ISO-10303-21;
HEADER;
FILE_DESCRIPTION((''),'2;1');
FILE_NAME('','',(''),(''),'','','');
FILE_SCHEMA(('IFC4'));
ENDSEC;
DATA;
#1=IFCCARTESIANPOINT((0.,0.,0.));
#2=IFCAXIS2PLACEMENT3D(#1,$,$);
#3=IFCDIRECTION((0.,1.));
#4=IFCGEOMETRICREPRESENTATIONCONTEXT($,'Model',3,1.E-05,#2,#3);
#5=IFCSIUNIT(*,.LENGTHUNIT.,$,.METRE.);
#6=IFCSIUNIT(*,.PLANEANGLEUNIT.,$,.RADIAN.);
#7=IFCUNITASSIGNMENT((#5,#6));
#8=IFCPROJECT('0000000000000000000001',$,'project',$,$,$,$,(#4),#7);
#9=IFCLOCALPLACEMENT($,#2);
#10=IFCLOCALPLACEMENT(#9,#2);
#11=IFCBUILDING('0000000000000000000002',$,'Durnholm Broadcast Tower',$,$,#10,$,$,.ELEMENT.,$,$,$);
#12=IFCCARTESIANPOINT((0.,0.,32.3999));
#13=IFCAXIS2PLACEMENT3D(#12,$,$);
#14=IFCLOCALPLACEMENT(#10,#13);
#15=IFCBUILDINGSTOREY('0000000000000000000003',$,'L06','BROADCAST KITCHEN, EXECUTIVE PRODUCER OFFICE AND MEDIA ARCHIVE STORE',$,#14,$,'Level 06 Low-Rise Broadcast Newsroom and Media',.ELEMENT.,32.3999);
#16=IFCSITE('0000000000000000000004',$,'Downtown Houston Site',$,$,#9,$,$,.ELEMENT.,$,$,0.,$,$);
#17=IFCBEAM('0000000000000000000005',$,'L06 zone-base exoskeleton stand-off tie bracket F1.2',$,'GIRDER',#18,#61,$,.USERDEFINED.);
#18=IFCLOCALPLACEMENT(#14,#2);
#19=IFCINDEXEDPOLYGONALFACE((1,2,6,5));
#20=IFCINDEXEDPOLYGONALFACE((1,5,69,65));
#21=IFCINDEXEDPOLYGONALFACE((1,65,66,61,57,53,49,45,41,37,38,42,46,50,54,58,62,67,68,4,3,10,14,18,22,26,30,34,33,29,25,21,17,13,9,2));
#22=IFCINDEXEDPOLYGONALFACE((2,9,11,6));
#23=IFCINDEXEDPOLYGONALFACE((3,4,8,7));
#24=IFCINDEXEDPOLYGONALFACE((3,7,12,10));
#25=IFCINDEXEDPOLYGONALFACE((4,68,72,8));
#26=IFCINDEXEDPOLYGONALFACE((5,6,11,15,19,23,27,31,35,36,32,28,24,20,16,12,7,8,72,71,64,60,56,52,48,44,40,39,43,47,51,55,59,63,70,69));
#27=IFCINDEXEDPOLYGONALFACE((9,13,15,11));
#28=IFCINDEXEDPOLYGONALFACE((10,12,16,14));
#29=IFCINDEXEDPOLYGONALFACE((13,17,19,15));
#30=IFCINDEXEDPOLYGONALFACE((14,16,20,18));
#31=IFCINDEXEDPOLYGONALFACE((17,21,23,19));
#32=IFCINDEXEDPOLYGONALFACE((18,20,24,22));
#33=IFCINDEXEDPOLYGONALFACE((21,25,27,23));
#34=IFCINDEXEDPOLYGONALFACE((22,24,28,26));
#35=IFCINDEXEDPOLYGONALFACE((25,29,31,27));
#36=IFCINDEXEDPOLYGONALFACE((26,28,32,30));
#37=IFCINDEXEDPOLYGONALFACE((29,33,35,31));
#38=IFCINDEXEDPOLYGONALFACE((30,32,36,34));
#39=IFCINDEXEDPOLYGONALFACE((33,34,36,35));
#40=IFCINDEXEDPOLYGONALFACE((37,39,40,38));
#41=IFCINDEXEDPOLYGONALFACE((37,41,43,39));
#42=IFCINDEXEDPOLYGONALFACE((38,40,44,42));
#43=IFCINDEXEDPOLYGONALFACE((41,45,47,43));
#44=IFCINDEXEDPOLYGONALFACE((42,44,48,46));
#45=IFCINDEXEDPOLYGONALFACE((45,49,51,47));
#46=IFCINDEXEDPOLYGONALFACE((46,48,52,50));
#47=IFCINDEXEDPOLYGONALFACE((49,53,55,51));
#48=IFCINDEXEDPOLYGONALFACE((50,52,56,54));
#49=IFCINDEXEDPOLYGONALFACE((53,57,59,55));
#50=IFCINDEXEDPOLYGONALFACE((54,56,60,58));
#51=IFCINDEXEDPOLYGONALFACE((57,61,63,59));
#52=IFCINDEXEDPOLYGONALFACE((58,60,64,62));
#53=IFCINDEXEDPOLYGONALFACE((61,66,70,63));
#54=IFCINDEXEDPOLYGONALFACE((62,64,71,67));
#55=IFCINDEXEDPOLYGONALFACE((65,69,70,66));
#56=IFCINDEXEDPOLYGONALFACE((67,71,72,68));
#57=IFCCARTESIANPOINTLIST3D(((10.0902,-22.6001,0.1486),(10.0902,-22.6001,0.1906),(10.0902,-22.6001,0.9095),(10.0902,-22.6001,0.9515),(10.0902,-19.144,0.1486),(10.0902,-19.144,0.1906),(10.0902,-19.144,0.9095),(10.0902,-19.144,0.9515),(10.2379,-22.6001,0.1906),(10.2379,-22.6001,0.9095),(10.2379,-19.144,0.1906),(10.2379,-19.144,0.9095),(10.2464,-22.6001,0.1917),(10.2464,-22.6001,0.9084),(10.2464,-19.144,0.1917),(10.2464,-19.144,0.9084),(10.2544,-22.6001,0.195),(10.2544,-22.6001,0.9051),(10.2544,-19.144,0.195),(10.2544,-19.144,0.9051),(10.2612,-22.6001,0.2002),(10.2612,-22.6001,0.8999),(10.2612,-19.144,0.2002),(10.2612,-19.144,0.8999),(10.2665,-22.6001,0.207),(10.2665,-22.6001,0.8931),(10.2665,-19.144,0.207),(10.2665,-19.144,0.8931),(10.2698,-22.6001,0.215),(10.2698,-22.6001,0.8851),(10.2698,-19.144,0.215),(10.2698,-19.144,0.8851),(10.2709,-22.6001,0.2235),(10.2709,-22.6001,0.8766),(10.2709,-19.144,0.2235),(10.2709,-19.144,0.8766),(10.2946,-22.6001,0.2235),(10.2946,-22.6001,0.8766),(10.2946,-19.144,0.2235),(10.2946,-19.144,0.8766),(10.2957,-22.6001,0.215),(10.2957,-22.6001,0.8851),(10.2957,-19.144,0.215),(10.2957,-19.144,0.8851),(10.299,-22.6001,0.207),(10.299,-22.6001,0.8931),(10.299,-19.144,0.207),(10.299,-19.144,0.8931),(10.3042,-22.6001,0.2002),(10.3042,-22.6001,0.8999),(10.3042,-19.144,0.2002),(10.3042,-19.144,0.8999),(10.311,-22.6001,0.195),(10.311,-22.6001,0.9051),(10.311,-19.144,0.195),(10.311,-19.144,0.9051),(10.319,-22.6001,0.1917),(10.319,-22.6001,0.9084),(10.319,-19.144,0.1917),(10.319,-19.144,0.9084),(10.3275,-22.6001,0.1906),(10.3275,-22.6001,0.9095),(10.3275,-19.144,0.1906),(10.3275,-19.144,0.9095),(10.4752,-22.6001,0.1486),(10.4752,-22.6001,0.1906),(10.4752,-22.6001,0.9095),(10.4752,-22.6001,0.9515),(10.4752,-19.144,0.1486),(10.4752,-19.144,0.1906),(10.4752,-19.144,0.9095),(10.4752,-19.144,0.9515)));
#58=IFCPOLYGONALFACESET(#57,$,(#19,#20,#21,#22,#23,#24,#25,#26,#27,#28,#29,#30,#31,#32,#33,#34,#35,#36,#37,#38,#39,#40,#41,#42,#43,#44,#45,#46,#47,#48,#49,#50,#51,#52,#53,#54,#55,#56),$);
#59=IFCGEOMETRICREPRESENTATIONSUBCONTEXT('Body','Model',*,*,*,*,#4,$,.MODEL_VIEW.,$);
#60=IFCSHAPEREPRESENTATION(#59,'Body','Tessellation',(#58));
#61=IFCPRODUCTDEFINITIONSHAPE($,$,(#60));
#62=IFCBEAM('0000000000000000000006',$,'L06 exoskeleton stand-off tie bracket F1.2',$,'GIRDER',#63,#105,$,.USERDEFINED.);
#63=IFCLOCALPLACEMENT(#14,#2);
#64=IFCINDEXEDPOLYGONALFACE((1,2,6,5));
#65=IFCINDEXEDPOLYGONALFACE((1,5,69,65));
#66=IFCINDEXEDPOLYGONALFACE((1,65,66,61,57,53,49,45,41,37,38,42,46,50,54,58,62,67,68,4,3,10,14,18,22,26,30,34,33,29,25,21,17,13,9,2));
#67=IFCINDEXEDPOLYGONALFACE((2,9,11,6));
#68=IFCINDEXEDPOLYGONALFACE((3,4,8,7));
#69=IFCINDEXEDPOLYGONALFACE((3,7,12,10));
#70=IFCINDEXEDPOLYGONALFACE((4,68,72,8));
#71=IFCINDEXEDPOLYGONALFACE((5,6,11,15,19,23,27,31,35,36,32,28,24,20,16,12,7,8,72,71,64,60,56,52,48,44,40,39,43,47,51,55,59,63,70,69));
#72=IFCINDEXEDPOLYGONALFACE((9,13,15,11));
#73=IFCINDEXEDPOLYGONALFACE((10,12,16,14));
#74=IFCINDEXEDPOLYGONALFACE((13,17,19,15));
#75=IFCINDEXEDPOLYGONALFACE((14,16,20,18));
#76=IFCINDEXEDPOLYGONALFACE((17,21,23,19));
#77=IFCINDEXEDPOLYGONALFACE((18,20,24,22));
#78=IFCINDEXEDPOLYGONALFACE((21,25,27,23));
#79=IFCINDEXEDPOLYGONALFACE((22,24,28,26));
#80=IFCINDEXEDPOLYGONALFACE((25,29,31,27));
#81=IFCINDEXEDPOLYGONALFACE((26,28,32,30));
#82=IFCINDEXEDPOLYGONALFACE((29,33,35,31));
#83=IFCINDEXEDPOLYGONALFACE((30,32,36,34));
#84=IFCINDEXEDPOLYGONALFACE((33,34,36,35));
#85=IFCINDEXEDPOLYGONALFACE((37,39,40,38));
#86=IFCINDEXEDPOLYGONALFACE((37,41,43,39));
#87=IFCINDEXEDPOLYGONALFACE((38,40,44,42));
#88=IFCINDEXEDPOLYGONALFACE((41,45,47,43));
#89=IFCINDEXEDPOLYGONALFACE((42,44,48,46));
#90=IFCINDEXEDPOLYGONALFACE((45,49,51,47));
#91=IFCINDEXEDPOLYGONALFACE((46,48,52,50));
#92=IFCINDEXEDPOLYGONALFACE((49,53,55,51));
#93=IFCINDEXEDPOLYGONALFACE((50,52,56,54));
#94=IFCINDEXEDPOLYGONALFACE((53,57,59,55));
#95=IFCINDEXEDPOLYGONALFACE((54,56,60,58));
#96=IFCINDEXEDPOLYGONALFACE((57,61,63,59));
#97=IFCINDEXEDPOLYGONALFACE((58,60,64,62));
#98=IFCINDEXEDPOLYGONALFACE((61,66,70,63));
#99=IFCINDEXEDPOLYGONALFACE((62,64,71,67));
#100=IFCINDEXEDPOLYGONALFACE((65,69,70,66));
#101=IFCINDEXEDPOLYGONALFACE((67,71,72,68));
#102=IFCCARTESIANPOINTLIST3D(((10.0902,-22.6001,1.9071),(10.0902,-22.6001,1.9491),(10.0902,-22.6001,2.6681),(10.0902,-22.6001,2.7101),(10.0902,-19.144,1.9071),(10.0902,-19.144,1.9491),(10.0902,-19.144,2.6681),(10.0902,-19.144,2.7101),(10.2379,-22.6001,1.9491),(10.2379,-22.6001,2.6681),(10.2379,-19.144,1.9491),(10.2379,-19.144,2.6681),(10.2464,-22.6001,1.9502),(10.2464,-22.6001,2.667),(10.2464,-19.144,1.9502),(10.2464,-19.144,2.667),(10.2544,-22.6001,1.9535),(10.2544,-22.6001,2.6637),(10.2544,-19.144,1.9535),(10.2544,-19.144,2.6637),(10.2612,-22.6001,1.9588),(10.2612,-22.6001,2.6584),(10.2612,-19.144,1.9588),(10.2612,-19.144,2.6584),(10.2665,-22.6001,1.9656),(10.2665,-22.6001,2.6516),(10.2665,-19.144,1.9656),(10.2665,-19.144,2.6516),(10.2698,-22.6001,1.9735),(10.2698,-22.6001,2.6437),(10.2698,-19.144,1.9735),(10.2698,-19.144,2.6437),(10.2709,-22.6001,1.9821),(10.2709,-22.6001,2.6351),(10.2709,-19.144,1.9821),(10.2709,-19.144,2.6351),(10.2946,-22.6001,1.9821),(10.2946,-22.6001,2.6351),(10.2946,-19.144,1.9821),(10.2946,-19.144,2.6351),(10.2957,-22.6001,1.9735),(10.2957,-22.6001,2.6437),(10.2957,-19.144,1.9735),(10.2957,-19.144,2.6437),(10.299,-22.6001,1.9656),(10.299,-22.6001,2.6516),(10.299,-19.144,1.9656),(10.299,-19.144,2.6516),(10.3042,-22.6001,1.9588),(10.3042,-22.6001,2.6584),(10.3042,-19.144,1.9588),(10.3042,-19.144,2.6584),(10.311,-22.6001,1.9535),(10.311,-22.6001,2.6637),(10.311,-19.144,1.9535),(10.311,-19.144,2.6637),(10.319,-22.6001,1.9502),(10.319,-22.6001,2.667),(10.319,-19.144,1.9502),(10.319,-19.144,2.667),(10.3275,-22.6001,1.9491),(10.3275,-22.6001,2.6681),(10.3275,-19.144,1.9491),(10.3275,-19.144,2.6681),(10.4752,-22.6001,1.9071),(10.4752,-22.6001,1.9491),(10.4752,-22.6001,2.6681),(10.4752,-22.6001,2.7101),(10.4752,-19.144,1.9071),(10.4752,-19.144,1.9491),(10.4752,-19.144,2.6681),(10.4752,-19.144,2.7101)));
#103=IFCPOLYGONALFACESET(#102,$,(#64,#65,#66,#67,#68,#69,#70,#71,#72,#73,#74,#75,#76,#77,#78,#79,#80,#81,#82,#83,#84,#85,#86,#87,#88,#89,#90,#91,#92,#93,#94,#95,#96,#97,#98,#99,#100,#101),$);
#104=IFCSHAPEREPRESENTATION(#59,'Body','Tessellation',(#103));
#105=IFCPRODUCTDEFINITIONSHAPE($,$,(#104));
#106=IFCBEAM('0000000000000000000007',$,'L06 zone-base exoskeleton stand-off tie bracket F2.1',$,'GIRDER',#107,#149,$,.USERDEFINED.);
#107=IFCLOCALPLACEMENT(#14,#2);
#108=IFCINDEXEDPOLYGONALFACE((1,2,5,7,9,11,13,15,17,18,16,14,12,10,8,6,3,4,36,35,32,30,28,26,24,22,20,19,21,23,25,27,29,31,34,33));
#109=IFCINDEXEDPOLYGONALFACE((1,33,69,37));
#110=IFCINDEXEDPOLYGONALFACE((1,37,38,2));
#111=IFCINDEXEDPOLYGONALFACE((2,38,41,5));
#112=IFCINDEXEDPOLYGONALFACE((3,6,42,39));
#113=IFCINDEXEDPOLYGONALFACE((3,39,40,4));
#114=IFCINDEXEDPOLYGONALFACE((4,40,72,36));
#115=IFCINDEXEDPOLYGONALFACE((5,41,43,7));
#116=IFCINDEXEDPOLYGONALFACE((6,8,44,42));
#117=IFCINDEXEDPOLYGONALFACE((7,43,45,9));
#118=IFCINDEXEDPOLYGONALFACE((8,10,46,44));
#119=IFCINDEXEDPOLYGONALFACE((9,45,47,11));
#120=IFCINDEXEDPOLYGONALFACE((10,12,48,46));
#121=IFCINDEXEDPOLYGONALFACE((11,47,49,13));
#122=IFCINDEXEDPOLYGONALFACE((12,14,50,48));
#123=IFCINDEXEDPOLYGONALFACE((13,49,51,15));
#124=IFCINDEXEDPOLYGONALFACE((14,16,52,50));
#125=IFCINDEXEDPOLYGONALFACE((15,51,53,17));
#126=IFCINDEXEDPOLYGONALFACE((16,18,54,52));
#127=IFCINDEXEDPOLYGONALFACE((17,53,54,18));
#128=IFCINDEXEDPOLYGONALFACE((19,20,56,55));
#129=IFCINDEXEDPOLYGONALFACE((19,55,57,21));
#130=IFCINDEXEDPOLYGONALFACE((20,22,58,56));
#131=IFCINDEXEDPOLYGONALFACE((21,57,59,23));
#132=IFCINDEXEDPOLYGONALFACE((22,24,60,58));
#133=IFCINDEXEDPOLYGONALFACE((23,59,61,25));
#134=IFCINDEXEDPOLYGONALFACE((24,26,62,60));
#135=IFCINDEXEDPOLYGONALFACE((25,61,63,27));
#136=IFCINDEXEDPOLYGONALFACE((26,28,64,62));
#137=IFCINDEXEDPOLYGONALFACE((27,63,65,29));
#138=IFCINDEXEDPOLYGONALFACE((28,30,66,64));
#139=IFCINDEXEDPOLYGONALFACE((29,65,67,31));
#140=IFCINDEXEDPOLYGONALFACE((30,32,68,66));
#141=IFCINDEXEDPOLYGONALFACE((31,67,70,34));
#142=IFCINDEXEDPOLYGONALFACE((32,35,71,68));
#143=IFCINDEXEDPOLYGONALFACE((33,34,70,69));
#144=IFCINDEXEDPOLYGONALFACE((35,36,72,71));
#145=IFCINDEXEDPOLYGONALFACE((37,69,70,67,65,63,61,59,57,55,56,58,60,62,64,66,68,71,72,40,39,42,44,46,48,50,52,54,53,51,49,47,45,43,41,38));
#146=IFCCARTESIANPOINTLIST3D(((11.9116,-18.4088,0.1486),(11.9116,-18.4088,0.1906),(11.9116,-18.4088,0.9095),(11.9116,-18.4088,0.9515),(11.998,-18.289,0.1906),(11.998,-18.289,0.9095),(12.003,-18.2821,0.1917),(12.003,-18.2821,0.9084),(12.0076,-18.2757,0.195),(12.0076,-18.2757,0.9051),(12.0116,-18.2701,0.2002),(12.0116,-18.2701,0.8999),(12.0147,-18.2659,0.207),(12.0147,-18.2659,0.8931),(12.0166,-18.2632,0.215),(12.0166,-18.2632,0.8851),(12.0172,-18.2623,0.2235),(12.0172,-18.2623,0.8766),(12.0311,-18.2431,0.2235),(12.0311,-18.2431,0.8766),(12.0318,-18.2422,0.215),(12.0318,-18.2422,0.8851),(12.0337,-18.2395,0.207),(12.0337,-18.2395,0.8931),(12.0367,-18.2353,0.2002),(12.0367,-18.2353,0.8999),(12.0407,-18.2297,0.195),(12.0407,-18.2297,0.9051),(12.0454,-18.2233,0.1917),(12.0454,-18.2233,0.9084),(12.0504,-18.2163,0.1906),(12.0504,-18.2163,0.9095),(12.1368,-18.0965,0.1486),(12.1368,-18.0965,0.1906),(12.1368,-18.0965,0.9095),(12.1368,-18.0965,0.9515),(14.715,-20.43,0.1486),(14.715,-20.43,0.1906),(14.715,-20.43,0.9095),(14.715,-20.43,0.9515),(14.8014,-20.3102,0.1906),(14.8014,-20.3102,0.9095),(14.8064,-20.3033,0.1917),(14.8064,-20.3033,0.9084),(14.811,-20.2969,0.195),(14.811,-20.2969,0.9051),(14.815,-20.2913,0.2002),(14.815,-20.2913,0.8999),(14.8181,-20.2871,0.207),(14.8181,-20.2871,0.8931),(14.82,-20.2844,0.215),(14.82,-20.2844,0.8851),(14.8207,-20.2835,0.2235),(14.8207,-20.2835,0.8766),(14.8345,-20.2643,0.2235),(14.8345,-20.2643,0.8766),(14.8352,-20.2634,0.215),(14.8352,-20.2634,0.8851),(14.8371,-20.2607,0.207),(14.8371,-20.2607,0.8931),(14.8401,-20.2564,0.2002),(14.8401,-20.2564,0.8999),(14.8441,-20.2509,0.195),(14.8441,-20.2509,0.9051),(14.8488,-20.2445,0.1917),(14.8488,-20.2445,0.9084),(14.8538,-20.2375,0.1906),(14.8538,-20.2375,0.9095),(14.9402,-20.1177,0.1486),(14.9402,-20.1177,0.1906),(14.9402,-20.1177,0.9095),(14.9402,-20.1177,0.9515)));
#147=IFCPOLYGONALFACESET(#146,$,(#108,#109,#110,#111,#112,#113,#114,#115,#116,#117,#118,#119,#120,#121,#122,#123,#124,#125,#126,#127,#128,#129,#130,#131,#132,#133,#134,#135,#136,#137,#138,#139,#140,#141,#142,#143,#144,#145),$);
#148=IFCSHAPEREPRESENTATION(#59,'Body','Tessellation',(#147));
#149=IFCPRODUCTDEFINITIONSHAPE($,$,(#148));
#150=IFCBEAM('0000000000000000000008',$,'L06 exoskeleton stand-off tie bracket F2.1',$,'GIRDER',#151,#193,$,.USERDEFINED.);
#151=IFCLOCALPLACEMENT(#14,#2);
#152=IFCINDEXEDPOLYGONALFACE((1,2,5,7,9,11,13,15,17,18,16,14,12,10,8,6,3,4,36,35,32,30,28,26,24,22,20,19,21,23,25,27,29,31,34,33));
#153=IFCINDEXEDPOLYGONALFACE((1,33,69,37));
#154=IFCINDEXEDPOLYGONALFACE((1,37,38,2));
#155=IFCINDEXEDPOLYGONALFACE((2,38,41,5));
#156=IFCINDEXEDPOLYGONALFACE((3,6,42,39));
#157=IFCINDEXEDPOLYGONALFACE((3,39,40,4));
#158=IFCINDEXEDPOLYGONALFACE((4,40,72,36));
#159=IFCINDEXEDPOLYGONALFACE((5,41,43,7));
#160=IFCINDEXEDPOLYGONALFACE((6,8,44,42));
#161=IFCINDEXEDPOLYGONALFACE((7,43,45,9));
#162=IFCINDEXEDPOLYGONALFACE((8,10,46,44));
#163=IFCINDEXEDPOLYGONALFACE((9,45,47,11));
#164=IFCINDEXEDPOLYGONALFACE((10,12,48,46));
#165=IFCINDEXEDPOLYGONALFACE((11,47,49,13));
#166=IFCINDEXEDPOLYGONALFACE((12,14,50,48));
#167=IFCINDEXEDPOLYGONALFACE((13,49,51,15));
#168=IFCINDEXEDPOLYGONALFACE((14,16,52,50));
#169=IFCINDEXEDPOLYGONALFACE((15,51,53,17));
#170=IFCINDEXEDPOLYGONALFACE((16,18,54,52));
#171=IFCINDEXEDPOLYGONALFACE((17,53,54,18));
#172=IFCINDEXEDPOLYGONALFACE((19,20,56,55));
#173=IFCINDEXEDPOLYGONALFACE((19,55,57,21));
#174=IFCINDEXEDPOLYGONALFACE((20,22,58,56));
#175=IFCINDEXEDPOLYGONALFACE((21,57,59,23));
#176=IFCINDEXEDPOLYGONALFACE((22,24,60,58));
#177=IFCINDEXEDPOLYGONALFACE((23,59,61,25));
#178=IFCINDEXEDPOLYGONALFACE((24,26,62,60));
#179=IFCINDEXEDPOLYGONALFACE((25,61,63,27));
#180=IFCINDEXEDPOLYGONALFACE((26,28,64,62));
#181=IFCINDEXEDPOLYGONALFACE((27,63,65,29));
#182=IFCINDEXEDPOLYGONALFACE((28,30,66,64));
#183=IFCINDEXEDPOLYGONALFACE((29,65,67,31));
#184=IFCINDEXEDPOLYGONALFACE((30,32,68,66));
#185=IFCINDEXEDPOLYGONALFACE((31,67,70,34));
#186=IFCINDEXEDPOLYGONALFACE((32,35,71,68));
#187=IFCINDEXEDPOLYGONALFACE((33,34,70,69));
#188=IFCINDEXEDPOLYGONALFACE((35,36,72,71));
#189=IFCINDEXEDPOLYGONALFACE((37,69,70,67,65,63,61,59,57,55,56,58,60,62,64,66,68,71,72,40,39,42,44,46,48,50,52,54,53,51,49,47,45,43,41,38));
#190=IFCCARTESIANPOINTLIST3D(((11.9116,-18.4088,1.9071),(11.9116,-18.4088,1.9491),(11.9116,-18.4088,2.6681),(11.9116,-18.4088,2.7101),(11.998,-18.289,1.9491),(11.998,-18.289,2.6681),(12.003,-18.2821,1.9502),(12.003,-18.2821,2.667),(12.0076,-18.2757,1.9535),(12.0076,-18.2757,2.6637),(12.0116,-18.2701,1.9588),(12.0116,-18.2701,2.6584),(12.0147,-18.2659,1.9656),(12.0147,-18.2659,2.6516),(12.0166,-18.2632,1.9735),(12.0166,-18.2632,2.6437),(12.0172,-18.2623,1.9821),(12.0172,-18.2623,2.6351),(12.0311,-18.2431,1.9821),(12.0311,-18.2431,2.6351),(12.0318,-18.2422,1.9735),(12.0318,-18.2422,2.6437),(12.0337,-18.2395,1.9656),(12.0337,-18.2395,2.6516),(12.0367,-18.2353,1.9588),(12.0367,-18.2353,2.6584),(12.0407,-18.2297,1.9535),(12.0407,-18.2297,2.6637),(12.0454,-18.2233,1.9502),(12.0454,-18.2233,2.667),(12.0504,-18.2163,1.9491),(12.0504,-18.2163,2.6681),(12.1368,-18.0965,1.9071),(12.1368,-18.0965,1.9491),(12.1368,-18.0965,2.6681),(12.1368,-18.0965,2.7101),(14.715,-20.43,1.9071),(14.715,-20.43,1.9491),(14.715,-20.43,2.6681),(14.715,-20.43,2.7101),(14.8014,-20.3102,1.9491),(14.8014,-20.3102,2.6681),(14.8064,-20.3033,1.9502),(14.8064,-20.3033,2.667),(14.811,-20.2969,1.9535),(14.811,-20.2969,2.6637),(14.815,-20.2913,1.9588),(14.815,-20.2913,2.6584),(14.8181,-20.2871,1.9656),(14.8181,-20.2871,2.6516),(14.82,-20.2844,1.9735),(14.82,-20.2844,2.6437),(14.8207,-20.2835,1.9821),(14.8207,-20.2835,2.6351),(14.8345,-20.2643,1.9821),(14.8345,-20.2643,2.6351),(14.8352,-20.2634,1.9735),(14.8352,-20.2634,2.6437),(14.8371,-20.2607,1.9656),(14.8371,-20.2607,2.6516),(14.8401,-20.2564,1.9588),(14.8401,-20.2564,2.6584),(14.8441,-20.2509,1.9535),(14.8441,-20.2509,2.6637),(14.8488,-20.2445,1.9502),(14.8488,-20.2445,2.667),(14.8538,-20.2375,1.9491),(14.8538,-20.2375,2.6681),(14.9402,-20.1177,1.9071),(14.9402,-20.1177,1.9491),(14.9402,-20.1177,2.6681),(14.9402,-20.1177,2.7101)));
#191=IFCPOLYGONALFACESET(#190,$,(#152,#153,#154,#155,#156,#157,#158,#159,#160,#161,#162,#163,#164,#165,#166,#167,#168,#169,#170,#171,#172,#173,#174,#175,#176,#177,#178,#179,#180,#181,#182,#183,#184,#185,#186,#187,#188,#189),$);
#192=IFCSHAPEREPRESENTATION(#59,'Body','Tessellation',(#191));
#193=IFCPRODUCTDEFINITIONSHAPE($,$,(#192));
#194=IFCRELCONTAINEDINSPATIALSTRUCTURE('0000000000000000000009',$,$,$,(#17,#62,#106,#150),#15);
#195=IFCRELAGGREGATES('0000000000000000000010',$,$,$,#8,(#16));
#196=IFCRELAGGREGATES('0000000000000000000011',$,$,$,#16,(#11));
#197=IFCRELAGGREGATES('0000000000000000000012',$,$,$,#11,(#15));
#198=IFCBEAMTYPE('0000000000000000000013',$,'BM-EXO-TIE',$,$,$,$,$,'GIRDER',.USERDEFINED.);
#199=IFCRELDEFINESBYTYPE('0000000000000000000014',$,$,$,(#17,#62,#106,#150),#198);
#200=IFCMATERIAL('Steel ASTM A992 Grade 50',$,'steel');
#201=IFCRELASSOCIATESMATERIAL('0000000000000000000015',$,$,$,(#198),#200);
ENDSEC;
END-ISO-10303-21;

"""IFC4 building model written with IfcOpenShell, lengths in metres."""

from ifc_helpers import new_model, si_unit, direction, frame, origin, origin_2d, place, context, subcontext, project, spatial, i_section, extrude, source, transform, mapped, material, material_profile, profile_set, type_object, type_shapes, element, save


model = new_model("IFC4")

# Units and contexts
model_context = context("Model", 3, precision=1e-05, world=origin(), true_north=direction((0.0, 1.0)))
body_context = subcontext(model_context, "Body", "Model", "MODEL_VIEW")
ifc_project = project(units=[si_unit("LENGTHUNIT", "METRE"), si_unit("PLANEANGLEUNIT", "RADIAN")], contexts=[model_context])

# Site, building, storey
site_placement = place(None, origin())
site = spatial("IfcSite", under=ifc_project, at=site_placement, Name="Downtown Houston Site", CompositionType="ELEMENT", RefElevation=0.0)
building_placement = place(site_placement, origin())
building = spatial("IfcBuilding", under=site, at=building_placement, Name="Durnholm Broadcast Tower", CompositionType="ELEMENT")
storey_placement = place(building_placement, frame((0.0, 0.0, 32.3999)))
storey = spatial("IfcBuildingStorey", under=building, at=storey_placement, Name="L06", Description="BROADCAST KITCHEN, EXECUTIVE PRODUCER OFFICE AND MEDIA ARCHIVE STORE", LongName="Level 06 Low-Rise Broadcast Newsroom and Media", CompositionType="ELEMENT", Elevation=32.3999)

# Beams
ifc_material_1 = material(Name="Steel ASTM A992 Grade 50", Category="steel")
ifc_material_profile_1 = material_profile(ifc_material_1, i_section(OverallWidth=0.385, OverallDepth=0.803, WebThickness=0.0237, FlangeThickness=0.042, FilletRadius=0.033, at=origin_2d()), Name="W30X261")
ifc_profile_set_1 = profile_set([ifc_material_profile_1], Name="Steel ASTM A992 Grade 50")
beam_type_1 = type_object("IfcBeamType", Name="BM-EXO-TIE", ElementType="GIRDER", PredefinedType="USERDEFINED", material=ifc_profile_set_1)
shared_shape_1 = source(origin(), body_context, "Body", "SweptSolid", [
    extrude(i_section(OverallWidth=0.385, OverallDepth=0.803, WebThickness=0.0237, FlangeThickness=0.042, FilletRadius=0.033, at=origin_2d()), origin(), (0.0, 0.0, 1.0), 3.4561),
])
type_shapes(beam_type_1, [shared_shape_1])
for number, where, z_axis, x_axis, name in (
    (1, (10.2827, -19.144, 0.55), (0.0, -1.0, 0.0), (1.0, 0.0, 0.0), "L06 zone-base exoskeleton stand-off tie bracket F1.2"),
    (2, (10.2827, -19.144, 2.3086), (0.0, -1.0, 0.0), (1.0, 0.0, 0.0), "L06 exoskeleton stand-off tie bracket F1.2"),
    (3, (12.0242, -18.2527, 0.55), (0.811158, -0.584828, 0.0), (0.584828, 0.811158, 0.0), "L06 zone-base exoskeleton stand-off tie bracket F2.1"),
    (4, (12.0242, -18.2527, 2.3086), (0.811158, -0.584828, 0.0), (0.584828, 0.811158, 0.0), "L06 exoskeleton stand-off tie bracket F2.1"),
):
    element("IfcBeam", number, at=place(storey_placement, frame(where, z_axis=z_axis, x_axis=x_axis)), inside=storey, type_object=beam_type_1, Name=name, ObjectType="GIRDER", PredefinedType="USERDEFINED", context=body_context, shape_type="MappedRepresentation", body=[
        mapped(shared_shape_1, transform((0.0, 0.0, 0.0), x_axis=(1.0, 0.0, 0.0), y_axis=(0.0, 1.0, 0.0), z_axis=(0.0, 0.0, 1.0), scale=1.0)),
    ])

save(model, "model.ifc")
